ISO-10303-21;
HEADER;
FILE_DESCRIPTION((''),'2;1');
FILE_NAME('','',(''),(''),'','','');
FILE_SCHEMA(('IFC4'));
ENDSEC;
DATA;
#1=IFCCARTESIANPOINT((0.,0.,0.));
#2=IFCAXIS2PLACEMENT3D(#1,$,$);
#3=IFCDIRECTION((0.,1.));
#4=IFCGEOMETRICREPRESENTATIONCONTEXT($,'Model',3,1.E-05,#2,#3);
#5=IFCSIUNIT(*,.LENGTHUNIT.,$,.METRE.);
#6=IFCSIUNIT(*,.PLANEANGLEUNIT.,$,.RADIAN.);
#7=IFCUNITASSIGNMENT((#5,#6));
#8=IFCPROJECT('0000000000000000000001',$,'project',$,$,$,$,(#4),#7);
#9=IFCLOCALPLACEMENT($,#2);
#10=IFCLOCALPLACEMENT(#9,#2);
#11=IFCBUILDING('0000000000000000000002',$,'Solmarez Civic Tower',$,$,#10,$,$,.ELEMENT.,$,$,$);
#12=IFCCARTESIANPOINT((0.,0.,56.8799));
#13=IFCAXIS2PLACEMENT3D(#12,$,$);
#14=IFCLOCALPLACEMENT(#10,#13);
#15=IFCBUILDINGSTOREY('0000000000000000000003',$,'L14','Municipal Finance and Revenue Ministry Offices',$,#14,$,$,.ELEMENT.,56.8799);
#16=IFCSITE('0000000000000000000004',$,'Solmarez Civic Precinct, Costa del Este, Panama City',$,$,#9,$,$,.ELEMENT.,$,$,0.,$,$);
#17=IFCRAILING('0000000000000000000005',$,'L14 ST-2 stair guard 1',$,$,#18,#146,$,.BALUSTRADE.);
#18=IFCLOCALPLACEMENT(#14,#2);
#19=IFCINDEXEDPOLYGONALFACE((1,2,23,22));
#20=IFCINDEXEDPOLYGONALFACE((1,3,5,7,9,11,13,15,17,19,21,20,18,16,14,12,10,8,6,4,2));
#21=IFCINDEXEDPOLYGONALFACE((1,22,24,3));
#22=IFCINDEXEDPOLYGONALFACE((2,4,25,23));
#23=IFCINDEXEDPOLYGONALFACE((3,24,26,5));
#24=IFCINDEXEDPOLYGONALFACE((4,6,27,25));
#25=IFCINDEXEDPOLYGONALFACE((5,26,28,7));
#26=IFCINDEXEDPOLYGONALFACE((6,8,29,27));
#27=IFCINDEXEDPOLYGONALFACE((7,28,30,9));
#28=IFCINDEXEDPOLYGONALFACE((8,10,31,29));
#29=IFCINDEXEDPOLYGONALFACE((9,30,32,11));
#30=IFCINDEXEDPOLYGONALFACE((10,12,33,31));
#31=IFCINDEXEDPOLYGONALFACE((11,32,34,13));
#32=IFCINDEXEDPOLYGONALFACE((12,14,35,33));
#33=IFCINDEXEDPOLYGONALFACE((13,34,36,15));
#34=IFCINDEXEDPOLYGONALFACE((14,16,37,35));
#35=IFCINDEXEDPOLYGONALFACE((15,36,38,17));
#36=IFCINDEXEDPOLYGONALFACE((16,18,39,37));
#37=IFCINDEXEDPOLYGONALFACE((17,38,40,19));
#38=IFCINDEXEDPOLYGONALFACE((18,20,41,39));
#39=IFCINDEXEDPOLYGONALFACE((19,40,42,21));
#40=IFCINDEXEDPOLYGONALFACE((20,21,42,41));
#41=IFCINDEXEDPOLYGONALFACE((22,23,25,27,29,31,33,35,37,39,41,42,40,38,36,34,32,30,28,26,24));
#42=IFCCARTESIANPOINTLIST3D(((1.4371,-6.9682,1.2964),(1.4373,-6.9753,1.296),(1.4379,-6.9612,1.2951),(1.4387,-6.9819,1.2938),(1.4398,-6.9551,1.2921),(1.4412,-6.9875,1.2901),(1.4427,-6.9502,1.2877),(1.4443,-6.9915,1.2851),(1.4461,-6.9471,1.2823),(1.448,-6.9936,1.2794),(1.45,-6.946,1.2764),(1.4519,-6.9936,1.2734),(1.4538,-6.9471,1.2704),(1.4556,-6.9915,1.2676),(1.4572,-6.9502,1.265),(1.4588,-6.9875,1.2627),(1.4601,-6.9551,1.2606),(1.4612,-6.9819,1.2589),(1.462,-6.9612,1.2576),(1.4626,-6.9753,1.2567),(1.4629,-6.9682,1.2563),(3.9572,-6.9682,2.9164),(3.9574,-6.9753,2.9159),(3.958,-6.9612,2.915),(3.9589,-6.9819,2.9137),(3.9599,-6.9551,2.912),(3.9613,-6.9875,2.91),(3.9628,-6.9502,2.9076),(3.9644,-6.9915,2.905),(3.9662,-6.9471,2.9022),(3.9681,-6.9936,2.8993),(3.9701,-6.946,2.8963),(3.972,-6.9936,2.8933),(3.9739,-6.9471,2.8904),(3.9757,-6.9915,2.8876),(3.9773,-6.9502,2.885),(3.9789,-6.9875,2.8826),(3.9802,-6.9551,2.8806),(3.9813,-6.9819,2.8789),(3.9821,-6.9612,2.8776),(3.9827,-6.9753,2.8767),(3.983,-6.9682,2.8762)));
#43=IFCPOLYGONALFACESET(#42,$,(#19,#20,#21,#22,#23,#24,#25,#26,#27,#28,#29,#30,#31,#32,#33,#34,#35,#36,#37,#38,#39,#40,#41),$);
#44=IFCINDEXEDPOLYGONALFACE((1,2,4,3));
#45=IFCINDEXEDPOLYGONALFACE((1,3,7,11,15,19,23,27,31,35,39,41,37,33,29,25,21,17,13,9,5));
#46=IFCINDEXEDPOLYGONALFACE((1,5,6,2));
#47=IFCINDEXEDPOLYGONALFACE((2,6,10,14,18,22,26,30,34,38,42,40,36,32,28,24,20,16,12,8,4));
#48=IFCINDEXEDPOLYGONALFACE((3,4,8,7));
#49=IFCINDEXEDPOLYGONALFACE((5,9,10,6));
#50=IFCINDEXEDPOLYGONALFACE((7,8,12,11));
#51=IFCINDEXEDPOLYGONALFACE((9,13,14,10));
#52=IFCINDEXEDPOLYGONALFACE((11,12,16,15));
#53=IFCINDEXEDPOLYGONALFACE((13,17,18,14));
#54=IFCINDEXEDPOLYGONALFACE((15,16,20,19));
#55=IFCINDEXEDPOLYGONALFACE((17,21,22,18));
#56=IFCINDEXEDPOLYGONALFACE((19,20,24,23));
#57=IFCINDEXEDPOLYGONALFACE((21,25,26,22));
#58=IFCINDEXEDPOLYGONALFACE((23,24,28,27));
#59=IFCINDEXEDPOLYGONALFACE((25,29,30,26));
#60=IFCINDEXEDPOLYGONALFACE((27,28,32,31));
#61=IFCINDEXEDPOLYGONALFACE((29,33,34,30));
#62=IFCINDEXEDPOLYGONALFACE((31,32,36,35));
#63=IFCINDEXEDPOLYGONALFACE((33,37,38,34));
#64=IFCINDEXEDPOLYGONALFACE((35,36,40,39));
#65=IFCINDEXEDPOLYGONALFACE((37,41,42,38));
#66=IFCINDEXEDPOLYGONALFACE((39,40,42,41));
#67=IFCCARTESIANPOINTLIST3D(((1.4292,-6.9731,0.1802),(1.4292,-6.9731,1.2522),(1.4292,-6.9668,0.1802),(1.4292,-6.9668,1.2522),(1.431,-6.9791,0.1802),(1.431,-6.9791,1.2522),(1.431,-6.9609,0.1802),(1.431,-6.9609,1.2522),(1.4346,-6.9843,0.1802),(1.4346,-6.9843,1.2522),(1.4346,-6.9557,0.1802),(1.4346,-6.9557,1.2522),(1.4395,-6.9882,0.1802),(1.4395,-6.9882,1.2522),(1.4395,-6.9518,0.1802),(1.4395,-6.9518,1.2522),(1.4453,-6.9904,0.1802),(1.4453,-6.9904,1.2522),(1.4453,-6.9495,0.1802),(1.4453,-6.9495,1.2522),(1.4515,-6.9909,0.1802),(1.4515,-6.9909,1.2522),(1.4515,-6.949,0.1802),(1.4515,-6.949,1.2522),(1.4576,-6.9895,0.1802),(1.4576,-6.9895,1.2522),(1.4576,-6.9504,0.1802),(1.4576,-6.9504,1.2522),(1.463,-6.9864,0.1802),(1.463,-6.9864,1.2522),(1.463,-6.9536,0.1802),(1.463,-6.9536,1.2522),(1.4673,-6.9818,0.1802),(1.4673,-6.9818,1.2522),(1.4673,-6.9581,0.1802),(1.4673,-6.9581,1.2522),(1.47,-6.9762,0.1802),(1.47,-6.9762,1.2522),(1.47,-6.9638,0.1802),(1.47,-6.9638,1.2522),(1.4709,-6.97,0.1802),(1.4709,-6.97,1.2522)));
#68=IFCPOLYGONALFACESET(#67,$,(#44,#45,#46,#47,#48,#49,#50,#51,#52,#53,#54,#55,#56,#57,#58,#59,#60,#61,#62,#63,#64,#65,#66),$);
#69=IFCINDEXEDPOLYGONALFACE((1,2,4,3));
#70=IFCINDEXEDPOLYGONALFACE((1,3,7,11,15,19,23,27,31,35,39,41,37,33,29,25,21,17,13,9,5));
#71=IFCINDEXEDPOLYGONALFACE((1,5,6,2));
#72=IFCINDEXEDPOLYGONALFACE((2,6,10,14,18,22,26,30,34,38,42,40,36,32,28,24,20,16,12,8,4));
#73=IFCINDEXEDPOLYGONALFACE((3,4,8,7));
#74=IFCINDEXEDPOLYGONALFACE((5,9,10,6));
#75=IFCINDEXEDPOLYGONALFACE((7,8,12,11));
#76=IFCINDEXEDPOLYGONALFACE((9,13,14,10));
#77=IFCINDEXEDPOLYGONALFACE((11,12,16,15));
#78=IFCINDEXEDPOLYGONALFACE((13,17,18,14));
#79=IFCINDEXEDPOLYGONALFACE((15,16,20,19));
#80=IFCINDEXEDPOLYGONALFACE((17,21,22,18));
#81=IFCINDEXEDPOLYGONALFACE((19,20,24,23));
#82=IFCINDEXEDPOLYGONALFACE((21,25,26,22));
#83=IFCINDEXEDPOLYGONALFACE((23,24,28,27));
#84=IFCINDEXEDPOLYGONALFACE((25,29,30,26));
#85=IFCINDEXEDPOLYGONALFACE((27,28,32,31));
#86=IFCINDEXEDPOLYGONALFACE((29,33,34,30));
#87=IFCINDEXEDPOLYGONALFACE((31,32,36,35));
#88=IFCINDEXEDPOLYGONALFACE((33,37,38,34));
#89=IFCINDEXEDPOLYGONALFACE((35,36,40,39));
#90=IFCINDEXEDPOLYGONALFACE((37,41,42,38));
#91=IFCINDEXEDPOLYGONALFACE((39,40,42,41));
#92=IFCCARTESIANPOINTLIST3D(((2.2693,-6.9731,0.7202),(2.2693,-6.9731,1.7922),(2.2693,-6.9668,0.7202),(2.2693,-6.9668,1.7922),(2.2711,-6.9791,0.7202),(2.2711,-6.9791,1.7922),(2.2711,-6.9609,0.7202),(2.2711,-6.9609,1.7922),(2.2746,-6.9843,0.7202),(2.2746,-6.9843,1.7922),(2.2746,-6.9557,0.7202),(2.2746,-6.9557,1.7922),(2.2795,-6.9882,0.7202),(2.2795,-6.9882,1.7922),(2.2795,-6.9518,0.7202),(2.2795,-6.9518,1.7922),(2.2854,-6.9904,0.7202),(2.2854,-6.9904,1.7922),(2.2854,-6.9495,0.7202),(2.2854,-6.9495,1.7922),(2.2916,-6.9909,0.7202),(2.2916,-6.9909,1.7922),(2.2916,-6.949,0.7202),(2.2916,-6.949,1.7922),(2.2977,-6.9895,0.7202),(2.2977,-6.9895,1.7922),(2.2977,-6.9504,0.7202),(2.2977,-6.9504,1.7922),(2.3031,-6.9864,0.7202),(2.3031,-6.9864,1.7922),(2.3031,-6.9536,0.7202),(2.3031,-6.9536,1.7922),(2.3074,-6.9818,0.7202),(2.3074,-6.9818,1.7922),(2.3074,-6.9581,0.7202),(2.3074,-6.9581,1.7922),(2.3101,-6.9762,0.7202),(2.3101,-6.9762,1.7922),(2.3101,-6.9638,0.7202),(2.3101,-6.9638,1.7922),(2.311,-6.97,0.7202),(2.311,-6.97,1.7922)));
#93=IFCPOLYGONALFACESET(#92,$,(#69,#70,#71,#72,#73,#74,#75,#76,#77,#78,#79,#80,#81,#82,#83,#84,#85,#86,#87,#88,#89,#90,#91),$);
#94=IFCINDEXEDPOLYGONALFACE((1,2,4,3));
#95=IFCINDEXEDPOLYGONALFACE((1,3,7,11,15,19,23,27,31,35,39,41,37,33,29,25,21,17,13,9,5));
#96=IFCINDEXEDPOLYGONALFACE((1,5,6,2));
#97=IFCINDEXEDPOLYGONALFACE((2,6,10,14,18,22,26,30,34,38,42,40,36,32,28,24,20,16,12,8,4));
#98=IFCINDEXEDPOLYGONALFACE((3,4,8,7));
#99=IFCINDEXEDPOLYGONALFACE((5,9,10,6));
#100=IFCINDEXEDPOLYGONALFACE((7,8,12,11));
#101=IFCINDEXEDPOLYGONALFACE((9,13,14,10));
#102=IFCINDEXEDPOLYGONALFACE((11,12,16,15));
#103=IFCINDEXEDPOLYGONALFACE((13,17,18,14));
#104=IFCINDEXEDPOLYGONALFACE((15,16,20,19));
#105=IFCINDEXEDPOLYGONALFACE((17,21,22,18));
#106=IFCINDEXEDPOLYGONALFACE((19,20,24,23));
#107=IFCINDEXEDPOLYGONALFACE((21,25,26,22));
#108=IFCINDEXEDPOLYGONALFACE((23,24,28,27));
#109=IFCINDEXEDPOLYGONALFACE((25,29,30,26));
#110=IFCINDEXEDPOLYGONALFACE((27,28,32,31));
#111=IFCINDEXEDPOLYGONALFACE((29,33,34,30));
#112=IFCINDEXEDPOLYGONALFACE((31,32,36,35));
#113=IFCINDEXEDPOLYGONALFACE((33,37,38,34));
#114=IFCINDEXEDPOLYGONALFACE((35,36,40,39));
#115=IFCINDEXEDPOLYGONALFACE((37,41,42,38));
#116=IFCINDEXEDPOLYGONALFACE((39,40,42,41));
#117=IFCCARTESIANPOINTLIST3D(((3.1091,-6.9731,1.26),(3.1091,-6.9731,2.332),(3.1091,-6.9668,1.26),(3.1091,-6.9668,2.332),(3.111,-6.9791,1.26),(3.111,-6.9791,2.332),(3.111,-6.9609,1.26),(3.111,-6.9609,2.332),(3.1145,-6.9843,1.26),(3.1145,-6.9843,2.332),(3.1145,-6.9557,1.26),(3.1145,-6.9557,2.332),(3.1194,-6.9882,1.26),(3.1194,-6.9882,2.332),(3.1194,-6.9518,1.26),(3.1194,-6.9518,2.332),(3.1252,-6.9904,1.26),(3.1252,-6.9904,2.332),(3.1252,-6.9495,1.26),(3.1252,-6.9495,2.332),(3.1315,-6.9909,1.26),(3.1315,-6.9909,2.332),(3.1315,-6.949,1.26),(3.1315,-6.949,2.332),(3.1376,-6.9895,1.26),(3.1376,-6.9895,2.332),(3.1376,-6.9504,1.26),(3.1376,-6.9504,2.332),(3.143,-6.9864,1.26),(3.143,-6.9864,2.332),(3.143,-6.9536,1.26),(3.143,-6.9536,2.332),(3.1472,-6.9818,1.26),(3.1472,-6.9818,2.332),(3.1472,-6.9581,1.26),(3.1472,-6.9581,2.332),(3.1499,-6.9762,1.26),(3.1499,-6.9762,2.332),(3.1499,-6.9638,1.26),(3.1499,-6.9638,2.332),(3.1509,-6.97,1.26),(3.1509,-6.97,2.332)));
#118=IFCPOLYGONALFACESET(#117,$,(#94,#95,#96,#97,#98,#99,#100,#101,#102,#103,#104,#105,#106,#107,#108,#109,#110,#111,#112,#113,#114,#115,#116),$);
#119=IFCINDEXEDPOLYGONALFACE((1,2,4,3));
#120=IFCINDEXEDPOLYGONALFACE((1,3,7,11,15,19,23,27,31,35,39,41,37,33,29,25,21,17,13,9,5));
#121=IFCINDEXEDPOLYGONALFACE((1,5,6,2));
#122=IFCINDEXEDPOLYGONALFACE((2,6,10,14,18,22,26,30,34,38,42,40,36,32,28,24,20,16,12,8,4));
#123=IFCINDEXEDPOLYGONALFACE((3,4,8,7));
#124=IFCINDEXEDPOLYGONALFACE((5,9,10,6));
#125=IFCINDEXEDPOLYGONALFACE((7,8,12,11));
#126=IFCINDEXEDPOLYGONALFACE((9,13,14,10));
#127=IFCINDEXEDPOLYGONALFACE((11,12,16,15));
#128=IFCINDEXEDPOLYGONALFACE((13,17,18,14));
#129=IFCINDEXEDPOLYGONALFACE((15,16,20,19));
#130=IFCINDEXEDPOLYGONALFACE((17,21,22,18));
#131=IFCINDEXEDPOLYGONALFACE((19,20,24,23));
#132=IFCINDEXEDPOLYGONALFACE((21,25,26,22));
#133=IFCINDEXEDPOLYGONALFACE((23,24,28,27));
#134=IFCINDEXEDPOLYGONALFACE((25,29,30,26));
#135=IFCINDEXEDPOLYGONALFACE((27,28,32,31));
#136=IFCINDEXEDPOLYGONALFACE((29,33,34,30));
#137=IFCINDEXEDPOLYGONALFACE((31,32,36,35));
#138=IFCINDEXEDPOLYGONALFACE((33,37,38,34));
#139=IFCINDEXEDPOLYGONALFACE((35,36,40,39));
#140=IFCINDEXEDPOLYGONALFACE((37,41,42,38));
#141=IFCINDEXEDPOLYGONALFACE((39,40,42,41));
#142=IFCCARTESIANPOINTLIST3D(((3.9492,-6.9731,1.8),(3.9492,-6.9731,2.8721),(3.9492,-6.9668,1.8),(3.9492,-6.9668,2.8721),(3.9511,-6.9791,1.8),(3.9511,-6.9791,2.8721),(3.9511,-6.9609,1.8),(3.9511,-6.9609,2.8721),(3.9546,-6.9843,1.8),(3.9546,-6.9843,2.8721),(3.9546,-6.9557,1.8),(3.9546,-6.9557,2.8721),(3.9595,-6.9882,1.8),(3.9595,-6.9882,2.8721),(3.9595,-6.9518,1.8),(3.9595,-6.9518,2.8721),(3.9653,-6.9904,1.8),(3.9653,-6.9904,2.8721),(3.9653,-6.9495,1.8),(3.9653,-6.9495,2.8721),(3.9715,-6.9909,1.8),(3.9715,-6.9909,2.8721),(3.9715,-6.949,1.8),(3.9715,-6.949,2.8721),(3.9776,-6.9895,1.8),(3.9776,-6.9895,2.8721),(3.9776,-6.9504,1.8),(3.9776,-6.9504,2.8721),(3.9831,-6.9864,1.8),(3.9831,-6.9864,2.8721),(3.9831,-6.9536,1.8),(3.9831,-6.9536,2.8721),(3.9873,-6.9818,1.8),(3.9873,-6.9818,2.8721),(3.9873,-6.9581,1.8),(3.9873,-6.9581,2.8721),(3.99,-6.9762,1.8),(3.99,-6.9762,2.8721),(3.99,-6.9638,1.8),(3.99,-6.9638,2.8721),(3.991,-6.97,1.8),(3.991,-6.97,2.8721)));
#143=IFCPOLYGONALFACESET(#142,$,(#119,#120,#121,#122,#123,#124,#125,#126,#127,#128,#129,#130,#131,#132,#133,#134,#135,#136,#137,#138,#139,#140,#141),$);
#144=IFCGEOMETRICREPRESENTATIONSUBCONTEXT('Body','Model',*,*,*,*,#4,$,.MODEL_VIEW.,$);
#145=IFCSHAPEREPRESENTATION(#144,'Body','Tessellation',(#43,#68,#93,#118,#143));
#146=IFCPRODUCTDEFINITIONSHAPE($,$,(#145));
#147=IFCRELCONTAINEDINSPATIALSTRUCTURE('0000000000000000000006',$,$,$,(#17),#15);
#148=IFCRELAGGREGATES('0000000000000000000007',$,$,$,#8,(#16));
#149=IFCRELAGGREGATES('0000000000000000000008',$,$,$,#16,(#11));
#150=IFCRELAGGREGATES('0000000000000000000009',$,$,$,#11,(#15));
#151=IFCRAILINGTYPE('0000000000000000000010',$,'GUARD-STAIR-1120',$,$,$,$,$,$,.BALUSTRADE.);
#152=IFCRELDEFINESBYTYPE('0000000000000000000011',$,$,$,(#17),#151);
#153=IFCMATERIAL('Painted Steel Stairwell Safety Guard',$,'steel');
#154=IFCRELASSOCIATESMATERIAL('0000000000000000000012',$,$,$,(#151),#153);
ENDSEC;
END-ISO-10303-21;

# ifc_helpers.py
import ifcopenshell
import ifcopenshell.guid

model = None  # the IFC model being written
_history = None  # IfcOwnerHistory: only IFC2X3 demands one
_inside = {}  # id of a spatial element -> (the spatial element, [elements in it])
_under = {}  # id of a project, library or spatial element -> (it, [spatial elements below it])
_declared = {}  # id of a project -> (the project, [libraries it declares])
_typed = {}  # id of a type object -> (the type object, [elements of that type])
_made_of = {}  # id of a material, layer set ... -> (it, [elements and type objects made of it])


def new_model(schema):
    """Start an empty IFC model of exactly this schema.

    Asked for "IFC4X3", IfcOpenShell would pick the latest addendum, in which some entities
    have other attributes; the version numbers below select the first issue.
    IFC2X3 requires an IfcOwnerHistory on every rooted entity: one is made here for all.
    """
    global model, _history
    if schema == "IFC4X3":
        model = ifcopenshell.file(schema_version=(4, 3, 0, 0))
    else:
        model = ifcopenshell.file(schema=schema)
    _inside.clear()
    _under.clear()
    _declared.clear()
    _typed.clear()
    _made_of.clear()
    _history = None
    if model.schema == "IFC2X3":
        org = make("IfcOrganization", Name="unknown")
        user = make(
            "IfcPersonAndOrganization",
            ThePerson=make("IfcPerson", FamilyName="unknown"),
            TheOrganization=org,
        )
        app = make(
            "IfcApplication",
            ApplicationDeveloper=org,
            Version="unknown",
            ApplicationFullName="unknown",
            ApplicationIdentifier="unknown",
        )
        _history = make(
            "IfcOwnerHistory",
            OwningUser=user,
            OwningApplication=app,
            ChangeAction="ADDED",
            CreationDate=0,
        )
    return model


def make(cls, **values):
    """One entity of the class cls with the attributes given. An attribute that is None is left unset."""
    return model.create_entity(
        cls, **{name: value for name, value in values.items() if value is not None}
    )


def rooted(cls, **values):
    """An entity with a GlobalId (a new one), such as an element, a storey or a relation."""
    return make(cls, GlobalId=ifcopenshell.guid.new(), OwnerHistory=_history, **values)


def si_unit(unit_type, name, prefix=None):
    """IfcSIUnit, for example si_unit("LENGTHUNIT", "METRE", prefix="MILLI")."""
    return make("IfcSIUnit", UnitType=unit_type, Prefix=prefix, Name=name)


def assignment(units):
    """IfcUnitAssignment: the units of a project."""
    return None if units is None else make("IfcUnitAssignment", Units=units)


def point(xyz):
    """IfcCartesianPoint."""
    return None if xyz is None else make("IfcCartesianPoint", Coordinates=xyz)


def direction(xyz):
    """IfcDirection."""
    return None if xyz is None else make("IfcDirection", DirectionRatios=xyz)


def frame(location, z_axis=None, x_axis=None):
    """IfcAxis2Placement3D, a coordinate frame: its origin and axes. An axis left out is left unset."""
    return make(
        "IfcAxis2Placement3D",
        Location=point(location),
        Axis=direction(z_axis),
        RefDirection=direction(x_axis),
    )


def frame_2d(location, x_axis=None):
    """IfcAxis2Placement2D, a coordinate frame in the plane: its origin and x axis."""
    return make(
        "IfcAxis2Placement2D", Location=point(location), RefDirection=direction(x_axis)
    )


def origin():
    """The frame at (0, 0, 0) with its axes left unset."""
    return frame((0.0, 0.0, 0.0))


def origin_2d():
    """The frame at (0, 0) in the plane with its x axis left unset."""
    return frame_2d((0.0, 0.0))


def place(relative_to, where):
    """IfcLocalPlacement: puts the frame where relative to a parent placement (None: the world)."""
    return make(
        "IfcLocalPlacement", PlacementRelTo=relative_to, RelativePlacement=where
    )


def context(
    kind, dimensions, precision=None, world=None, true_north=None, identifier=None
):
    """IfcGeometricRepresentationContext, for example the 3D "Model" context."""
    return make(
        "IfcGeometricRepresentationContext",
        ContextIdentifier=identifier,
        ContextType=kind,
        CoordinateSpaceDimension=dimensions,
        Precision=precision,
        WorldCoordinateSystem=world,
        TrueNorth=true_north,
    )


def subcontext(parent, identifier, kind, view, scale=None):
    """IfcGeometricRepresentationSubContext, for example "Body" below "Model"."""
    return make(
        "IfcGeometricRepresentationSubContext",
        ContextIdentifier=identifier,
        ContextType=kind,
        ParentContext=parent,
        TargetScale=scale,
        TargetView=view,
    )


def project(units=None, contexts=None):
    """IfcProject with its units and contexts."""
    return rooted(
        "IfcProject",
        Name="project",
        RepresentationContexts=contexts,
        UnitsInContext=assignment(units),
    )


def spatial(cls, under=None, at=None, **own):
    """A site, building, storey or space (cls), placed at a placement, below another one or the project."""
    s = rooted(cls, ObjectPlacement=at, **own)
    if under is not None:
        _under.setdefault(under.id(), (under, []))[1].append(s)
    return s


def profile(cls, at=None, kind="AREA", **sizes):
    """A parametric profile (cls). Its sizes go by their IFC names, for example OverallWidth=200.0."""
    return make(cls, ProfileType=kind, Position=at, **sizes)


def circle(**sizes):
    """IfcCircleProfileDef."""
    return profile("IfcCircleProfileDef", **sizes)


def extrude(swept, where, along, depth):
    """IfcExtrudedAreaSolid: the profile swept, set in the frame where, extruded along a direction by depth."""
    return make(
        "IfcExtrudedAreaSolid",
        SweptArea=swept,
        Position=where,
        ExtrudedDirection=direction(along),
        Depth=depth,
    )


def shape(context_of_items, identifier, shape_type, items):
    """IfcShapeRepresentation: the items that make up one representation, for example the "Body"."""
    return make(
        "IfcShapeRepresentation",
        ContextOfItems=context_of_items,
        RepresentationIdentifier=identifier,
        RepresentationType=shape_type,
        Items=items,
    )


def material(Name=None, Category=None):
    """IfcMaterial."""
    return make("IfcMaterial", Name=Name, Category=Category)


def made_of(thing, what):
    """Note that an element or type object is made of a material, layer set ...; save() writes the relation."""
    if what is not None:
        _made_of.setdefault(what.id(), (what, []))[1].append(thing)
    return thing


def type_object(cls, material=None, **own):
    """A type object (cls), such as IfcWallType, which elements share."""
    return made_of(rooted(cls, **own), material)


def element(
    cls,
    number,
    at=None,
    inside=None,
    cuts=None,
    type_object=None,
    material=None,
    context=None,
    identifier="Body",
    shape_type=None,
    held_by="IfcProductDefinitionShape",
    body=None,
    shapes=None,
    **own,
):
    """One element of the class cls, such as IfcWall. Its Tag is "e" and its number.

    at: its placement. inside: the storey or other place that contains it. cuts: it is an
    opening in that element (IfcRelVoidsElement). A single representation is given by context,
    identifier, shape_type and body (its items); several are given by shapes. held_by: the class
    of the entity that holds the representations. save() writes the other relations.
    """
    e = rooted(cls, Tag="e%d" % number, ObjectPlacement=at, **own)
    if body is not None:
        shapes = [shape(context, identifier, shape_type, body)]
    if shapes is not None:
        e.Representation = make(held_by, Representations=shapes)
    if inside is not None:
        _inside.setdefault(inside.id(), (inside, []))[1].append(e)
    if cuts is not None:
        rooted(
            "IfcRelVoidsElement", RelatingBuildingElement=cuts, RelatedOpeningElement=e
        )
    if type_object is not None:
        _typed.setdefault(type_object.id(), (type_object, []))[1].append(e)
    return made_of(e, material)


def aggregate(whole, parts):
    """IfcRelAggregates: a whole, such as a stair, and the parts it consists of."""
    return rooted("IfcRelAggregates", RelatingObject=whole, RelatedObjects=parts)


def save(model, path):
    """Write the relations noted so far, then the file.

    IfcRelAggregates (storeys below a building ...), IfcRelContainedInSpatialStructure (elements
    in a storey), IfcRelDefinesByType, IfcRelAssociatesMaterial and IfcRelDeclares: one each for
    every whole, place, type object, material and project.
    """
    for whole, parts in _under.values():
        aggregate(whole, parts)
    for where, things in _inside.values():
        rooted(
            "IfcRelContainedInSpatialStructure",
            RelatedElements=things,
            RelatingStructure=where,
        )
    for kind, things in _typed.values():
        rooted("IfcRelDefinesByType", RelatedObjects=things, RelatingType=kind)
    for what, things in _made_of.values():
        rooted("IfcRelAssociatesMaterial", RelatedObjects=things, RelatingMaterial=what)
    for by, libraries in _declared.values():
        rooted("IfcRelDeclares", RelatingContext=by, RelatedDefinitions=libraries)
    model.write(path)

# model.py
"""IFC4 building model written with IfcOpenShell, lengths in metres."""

from ifc_helpers import new_model, si_unit, direction, frame, origin, origin_2d, place, context, subcontext, project, spatial, circle, extrude, material, type_object, element, save


model = new_model("IFC4")

# Units and contexts
model_context = context("Model", 3, precision=1e-05, world=origin(), true_north=direction((0.0, 1.0)))
body_context = subcontext(model_context, "Body", "Model", "MODEL_VIEW")
ifc_project = project(units=[si_unit("LENGTHUNIT", "METRE"), si_unit("PLANEANGLEUNIT", "RADIAN")], contexts=[model_context])

# Site, building, storey
site_placement = place(None, origin())
site = spatial("IfcSite", under=ifc_project, at=site_placement, Name="Solmarez Civic Precinct, Costa del Este, Panama City", CompositionType="ELEMENT", RefElevation=0.0)
building_placement = place(site_placement, origin())
building = spatial("IfcBuilding", under=site, at=building_placement, Name="Solmarez Civic Tower", CompositionType="ELEMENT")
storey_placement = place(building_placement, frame((0.0, 0.0, 56.8799)))
storey = spatial("IfcBuildingStorey", under=building, at=storey_placement, Name="L14", Description="Municipal Finance and Revenue Ministry Offices", CompositionType="ELEMENT", Elevation=56.8799)

# Railing
ifc_material_1 = material(Name="Painted Steel Stairwell Safety Guard", Category="steel")
railing_type_1 = type_object("IfcRailingType", Name="GUARD-STAIR-1120", PredefinedType="BALUSTRADE", material=ifc_material_1)
railing_1_placement = place(storey_placement, frame((1.45, -6.97, 0.1802)))
element("IfcRailing", 1, at=railing_1_placement, inside=storey, type_object=railing_type_1, Name="L14 ST-2 stair guard 1", PredefinedType="BALUSTRADE", context=body_context, shape_type="SweptSolid", body=[
    extrude(circle(Radius=0.0239, at=origin_2d()), frame((0.0, 0.0, 1.0962), z_axis=(0.8412, 0.0, 0.540725), x_axis=(0.0, 1.0, 0.0)), (0.0, 0.0, 1.0), 2.9958),
    extrude(circle(Radius=0.021, at=origin_2d()), origin(), (0.0, 0.0, 1.0), 1.072),
    extrude(circle(Radius=0.021, at=origin_2d()), frame((0.8401, 0.0, 0.54)), (0.0, 0.0, 1.0), 1.072),
    extrude(circle(Radius=0.021, at=origin_2d()), frame((1.6799, 0.0, 1.0798)), (0.0, 0.0, 1.0), 1.072),
    extrude(circle(Radius=0.021, at=origin_2d()), frame((2.52, 0.0, 1.6199)), (0.0, 0.0, 1.0), 1.072),
])

save(model, "model.ifc")
